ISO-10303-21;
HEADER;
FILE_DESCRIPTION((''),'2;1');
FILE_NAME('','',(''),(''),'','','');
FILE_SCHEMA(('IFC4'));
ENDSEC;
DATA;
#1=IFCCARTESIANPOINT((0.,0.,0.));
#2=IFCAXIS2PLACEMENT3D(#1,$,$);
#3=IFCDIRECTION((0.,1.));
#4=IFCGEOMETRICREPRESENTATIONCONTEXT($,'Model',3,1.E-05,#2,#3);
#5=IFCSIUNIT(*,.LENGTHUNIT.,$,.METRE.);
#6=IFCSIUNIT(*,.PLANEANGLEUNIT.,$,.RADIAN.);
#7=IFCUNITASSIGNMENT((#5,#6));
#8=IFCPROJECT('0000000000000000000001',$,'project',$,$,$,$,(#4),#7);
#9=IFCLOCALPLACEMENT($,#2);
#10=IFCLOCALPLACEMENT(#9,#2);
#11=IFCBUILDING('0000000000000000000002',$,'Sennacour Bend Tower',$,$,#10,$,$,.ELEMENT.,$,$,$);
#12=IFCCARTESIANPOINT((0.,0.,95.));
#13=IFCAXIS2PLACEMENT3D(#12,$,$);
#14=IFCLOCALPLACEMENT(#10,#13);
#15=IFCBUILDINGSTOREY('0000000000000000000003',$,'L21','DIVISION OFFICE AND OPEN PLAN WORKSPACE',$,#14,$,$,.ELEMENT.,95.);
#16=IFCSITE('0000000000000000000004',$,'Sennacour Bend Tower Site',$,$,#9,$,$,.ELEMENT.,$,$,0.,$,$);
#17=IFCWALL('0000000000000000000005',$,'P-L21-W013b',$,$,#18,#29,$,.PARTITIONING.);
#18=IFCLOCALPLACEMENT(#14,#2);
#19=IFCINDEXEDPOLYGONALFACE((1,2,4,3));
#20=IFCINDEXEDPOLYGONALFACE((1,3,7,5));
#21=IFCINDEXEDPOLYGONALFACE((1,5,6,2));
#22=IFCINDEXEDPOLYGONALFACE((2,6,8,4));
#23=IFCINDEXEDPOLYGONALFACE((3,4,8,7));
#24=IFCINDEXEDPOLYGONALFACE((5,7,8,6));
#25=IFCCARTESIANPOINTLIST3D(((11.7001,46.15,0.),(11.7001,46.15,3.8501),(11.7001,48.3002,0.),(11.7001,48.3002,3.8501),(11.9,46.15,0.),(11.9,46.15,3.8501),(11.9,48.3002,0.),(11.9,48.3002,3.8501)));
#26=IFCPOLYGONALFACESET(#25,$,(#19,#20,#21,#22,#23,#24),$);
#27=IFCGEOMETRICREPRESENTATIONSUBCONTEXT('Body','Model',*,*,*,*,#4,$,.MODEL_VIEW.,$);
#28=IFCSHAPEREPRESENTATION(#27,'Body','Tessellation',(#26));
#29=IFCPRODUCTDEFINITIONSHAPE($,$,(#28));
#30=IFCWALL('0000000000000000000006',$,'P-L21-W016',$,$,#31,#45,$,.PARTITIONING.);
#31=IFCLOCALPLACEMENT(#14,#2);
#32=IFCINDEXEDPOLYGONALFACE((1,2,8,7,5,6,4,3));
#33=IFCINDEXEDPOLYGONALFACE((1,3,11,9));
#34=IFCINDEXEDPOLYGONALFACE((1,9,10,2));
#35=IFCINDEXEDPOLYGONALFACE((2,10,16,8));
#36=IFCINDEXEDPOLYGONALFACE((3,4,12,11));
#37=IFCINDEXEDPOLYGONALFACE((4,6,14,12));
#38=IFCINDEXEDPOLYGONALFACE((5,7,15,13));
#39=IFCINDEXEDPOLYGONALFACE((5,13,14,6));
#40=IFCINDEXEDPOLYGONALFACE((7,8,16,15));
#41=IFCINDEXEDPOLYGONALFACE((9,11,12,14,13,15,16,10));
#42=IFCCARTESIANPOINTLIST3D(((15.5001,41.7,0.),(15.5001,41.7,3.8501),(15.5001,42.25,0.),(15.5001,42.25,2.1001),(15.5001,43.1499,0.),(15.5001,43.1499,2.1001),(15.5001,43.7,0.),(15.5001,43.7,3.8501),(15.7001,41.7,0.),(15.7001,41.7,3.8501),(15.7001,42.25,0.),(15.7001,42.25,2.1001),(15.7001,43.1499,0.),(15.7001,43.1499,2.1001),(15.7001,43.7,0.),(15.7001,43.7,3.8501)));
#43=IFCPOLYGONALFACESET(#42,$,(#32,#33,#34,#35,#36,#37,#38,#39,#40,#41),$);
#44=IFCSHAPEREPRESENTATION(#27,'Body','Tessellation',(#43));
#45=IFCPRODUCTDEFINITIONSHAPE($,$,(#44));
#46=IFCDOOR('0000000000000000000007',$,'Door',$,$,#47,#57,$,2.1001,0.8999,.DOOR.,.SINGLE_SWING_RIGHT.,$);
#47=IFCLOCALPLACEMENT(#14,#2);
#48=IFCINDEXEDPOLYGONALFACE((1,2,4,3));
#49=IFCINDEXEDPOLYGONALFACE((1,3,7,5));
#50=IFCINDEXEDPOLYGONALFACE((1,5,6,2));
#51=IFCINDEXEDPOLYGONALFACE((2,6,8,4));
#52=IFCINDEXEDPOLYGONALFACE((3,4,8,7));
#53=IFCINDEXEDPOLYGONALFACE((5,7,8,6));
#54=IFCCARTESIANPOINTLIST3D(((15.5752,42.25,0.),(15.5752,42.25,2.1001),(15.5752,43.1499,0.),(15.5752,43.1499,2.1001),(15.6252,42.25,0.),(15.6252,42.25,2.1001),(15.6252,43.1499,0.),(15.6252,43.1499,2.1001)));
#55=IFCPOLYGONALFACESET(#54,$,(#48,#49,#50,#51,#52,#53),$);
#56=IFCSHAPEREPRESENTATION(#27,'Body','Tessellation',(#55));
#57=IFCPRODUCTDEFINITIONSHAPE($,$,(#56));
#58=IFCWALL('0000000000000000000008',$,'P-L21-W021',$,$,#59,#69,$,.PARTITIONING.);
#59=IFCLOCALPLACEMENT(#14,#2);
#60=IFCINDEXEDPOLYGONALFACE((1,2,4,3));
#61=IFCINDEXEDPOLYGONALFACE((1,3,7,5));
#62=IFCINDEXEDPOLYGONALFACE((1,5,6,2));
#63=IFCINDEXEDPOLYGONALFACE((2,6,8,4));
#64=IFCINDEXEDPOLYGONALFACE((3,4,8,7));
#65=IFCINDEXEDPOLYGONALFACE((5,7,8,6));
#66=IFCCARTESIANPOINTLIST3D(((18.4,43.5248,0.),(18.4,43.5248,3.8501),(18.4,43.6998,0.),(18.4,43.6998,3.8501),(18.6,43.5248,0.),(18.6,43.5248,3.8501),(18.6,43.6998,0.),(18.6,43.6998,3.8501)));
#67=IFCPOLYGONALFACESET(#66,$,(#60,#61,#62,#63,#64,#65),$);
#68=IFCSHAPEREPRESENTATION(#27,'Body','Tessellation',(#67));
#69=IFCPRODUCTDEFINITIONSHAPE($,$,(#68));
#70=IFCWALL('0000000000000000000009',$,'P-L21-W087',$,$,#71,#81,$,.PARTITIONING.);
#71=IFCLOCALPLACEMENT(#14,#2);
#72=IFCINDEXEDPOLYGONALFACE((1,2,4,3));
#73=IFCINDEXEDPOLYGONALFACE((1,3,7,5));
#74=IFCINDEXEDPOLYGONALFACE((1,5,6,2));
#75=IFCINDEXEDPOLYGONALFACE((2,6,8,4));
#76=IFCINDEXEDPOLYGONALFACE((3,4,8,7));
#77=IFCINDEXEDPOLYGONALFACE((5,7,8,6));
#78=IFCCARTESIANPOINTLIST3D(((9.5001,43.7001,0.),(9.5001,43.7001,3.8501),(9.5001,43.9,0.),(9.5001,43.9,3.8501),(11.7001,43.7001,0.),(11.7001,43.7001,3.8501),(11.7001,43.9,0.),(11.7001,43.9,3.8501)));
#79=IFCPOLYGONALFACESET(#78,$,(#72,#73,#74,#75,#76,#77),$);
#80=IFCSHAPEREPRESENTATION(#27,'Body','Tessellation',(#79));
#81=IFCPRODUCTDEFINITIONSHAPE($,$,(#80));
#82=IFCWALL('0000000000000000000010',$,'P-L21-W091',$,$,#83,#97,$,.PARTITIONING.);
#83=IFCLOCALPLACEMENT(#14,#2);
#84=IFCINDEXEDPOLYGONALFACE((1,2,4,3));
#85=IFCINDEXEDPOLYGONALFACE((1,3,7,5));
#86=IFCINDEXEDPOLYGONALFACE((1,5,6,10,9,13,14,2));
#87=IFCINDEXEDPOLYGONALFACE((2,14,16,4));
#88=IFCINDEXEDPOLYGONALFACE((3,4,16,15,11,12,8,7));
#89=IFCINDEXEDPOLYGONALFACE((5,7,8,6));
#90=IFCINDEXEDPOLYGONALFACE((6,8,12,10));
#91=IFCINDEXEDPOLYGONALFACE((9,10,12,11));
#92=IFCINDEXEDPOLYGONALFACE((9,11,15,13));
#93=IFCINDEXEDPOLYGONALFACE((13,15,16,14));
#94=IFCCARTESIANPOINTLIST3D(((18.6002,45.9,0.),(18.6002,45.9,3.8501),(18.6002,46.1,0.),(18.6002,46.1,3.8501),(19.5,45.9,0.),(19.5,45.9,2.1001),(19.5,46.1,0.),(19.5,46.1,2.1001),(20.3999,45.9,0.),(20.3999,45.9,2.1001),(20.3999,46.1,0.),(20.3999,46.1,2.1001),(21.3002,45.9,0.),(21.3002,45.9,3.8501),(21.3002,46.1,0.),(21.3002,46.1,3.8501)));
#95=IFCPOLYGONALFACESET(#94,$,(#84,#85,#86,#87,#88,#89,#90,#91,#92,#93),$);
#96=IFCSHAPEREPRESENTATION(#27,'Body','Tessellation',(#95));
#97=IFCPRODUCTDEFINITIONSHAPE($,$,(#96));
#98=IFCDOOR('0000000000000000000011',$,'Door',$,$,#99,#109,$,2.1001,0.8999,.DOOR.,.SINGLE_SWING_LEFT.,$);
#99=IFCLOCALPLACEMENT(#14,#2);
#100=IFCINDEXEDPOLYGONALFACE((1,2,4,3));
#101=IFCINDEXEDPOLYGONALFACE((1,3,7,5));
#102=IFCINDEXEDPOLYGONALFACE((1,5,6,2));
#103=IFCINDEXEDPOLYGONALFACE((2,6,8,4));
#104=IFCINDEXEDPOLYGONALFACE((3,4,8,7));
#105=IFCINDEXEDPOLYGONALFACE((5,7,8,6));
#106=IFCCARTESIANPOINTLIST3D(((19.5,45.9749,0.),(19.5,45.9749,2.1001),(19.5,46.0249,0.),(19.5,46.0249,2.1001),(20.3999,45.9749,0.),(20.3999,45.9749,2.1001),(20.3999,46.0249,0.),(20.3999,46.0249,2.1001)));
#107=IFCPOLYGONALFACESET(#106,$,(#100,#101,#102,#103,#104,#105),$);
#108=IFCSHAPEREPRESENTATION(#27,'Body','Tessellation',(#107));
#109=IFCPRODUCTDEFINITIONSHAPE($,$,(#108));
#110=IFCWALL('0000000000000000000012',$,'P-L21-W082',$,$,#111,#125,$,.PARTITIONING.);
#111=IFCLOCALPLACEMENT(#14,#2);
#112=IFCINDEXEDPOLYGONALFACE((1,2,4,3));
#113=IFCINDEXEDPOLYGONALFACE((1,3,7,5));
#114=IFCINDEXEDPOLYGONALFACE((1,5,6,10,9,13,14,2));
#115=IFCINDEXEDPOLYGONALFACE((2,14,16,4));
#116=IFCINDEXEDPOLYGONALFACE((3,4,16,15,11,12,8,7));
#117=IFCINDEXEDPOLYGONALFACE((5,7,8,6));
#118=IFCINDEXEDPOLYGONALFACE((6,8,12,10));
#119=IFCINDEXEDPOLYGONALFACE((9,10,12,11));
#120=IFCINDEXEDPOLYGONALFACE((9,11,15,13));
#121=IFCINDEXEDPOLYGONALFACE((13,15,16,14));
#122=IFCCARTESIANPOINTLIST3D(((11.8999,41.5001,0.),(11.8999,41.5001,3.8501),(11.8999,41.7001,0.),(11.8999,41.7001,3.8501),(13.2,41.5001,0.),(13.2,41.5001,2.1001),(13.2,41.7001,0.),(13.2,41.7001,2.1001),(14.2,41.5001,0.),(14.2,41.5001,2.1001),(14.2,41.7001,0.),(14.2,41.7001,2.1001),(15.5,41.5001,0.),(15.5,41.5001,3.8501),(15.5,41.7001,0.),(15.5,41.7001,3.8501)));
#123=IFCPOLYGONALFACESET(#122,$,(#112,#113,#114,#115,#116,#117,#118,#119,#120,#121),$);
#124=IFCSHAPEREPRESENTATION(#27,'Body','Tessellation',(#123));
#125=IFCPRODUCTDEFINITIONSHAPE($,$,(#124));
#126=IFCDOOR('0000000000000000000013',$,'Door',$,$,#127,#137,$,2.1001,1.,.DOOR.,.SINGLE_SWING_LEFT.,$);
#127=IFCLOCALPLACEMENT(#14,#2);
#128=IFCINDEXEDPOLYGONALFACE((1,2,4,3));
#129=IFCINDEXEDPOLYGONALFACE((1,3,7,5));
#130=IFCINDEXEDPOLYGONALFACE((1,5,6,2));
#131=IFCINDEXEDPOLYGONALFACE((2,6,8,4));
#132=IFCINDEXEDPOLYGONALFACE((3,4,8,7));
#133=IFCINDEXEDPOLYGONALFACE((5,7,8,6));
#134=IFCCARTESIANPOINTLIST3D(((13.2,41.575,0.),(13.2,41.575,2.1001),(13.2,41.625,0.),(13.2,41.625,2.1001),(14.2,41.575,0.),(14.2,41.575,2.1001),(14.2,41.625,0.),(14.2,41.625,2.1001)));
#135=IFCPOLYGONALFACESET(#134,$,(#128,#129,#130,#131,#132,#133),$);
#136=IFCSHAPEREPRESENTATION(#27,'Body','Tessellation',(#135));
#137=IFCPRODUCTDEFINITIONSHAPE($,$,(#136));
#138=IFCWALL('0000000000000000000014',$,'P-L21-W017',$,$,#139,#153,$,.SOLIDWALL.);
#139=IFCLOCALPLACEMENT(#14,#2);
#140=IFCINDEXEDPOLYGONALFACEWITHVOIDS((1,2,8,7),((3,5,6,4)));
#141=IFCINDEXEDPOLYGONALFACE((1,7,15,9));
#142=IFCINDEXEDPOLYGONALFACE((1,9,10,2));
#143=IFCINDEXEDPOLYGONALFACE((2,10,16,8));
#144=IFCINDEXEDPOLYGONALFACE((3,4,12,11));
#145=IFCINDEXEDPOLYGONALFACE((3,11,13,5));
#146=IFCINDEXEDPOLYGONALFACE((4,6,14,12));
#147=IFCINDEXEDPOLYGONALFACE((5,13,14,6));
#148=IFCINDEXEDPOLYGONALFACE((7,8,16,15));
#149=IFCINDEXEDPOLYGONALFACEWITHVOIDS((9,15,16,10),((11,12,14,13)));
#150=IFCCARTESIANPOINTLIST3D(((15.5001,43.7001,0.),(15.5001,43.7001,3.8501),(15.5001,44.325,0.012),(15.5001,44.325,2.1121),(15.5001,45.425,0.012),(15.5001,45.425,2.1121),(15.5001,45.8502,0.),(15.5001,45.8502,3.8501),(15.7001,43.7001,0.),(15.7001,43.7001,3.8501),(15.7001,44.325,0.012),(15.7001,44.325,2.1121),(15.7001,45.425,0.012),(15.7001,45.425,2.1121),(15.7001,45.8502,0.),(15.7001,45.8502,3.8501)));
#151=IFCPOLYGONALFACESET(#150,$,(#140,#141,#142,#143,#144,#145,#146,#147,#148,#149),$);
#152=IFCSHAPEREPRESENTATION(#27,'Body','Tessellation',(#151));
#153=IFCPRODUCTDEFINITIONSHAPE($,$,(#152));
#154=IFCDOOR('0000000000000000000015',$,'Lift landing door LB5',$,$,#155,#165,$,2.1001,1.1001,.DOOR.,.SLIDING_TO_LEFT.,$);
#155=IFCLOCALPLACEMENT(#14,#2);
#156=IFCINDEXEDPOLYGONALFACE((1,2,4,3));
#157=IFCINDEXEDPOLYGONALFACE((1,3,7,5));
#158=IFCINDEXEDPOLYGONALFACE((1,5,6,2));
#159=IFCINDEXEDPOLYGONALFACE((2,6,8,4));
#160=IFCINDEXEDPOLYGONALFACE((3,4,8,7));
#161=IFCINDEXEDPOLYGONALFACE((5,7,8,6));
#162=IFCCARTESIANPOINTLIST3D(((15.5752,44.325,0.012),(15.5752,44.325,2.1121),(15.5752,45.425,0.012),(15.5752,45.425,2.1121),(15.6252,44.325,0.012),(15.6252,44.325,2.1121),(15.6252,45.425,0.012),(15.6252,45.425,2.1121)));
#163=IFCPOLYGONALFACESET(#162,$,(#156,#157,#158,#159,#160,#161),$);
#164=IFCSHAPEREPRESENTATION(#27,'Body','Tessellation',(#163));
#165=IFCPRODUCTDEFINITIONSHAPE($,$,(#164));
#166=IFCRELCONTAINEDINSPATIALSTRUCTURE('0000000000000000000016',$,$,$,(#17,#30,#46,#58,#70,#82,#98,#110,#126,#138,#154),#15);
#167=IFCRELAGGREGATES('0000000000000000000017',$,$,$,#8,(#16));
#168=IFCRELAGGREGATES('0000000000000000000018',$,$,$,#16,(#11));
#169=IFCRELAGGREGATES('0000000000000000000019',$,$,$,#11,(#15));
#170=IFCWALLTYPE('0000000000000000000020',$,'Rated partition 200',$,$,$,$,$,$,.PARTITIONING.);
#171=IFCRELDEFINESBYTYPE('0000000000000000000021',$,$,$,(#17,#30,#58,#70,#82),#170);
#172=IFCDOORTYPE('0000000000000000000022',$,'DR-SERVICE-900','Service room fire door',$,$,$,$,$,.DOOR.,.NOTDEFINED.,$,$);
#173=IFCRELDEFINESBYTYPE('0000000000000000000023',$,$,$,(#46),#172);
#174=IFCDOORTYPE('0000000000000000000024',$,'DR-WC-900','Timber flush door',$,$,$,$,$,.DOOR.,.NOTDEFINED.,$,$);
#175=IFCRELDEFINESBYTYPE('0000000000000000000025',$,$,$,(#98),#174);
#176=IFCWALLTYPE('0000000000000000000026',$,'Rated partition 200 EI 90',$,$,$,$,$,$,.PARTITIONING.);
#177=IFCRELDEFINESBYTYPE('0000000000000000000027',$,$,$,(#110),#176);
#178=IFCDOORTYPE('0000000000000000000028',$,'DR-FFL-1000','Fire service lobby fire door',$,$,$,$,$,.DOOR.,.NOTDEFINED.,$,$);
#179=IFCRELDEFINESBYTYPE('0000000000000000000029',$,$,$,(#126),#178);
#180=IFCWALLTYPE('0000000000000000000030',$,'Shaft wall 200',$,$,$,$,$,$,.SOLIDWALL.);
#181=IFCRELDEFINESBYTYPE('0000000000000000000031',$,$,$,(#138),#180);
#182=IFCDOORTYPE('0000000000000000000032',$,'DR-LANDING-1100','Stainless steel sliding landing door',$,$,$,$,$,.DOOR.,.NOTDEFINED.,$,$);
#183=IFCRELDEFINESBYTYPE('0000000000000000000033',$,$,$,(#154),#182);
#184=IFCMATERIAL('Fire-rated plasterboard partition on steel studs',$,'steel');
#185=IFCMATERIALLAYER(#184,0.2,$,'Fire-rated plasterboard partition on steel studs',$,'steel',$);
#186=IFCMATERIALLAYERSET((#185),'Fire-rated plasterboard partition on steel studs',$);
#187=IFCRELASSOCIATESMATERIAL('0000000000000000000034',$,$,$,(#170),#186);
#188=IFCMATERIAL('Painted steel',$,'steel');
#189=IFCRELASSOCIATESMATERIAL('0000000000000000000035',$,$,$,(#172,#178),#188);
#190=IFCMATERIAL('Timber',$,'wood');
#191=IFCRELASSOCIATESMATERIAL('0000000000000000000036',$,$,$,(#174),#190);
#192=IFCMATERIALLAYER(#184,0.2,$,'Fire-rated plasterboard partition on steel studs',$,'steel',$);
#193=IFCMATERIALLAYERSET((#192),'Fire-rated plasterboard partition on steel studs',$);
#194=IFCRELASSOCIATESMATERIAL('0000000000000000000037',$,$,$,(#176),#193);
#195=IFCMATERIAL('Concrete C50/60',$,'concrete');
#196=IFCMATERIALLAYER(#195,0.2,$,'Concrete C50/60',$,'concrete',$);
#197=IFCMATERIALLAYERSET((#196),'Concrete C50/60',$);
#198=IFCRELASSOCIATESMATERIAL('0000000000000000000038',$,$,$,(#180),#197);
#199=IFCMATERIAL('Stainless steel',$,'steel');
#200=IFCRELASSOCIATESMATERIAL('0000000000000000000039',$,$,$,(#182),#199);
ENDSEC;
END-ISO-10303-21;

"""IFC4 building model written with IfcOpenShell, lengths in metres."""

from ifc_helpers import new_model, si_unit, direction, frame, frame_2d, origin, place, context, subcontext, project, spatial, rectangle, extrude, material, layer, layer_set, type_object, element, fill, save


model = new_model("IFC4")

# Units and contexts
model_context = context("Model", 3, precision=1e-05, world=origin(), true_north=direction((0.0, 1.0)))
body_context = subcontext(model_context, "Body", "Model", "MODEL_VIEW")
ifc_project = project(units=[si_unit("LENGTHUNIT", "METRE"), si_unit("PLANEANGLEUNIT", "RADIAN")], contexts=[model_context])

# Site, building, storey
site_placement = place(None, origin())
site = spatial("IfcSite", under=ifc_project, at=site_placement, Name="Sennacour Bend Tower Site", CompositionType="ELEMENT", RefElevation=0.0)
building_placement = place(site_placement, origin())
building = spatial("IfcBuilding", under=site, at=building_placement, Name="Sennacour Bend Tower", CompositionType="ELEMENT")
storey_placement = place(building_placement, frame((0.0, 0.0, 95.0)))
storey = spatial("IfcBuildingStorey", under=building, at=storey_placement, Name="L21", Description="DIVISION OFFICE AND OPEN PLAN WORKSPACE", CompositionType="ELEMENT", Elevation=95.0)

# Wall
ifc_material_1 = material(Name="Fire-rated plasterboard partition on steel studs", Category="steel")
ifc_layer_1 = layer(ifc_material_1, 0.2, Name="Fire-rated plasterboard partition on steel studs", Category="steel")
ifc_layer_set_1 = layer_set([ifc_layer_1], Name="Fire-rated plasterboard partition on steel studs")
wall_type_1 = type_object("IfcWallType", Name="Rated partition 200", PredefinedType="PARTITIONING", material=ifc_layer_set_1)
wall_1_placement = place(storey_placement, frame((11.8, 46.1499, 0.0), z_axis=(0.0, 0.0, 1.0), x_axis=(0.0, 1.0, 0.0)))
element("IfcWall", 1, at=wall_1_placement, inside=storey, type_object=wall_type_1, Name="P-L21-W013b", PredefinedType="PARTITIONING", context=body_context, shape_type="SweptSolid", body=[
    extrude(rectangle(XDim=2.1501, YDim=0.2, at=frame_2d((1.0752, 0.0))), origin(), (0.0, 0.0, 1.0), 3.8501),
])

# Wall, opening, door
wall_2_placement = place(storey_placement, frame((15.6001, 41.7, 0.0), z_axis=(0.0, 0.0, 1.0), x_axis=(0.0, 1.0, 0.0)))
wall_2 = element("IfcWall", 2, at=wall_2_placement, inside=storey, type_object=wall_type_1, Name="P-L21-W016", PredefinedType="PARTITIONING", context=body_context, shape_type="SweptSolid", body=[
    extrude(rectangle(XDim=2.0, YDim=0.2, at=frame_2d((1.0, 0.0))), origin(), (0.0, 0.0, 1.0), 3.8501),
])
opening_1_placement = place(wall_2_placement, frame((0.55, 0.0, 0.0)))
opening_1 = element("IfcOpeningElement", 3, at=opening_1_placement, cuts=wall_2, PredefinedType="OPENING", context=body_context, shape_type="SweptSolid", body=[
    extrude(rectangle(XDim=0.8999, YDim=2.1001, at=frame_2d((0.45, 1.05))), frame((0.0, 0.1099, 0.0), z_axis=(0.0, -1.0, 0.0), x_axis=(1.0, 0.0, 0.0)), (0.0, 0.0, 1.0), 0.22),
])
ifc_material_2 = material(Name="Painted steel", Category="steel")
door_type_1 = type_object("IfcDoorType", Name="DR-SERVICE-900", Description="Service room fire door", OperationType="NOTDEFINED", PredefinedType="DOOR", material=ifc_material_2)
door_1_placement = place(opening_1_placement, origin())
door_1 = element("IfcDoor", 4, at=door_1_placement, inside=storey, type_object=door_type_1, Name="Door", OperationType="SINGLE_SWING_RIGHT", OverallHeight=2.1001, OverallWidth=0.8999, PredefinedType="DOOR", context=body_context, shape_type="SweptSolid", body=[
    extrude(rectangle(XDim=0.8999, YDim=2.1001, at=frame_2d((0.45, 1.05))), frame((0.0, 0.0249, 0.0), z_axis=(0.0, -1.0, 0.0), x_axis=(1.0, 0.0, 0.0)), (0.0, 0.0, 1.0), 0.05),
])
fill(opening_1, door_1)

# Walls
wall_3_placement = place(storey_placement, frame((18.5, 43.5249, 0.0), z_axis=(0.0, 0.0, 1.0), x_axis=(0.0, 1.0, 0.0)))
element("IfcWall", 5, at=wall_3_placement, inside=storey, type_object=wall_type_1, Name="P-L21-W021", PredefinedType="PARTITIONING", context=body_context, shape_type="SweptSolid", body=[
    extrude(rectangle(XDim=0.175, YDim=0.2, at=frame_2d((0.0874, 0.0))), origin(), (0.0, 0.0, 1.0), 3.8501),
])
wall_4_placement = place(storey_placement, frame((9.5, 43.8, 0.0), z_axis=(0.0, 0.0, 1.0), x_axis=(1.0, 0.0, 0.0)))
element("IfcWall", 6, at=wall_4_placement, inside=storey, type_object=wall_type_1, Name="P-L21-W087", PredefinedType="PARTITIONING", context=body_context, shape_type="SweptSolid", body=[
    extrude(rectangle(XDim=2.2, YDim=0.2, at=frame_2d((1.1001, 0.0))), origin(), (0.0, 0.0, 1.0), 3.8501),
])

# Walls, openings, doors
wall_5_placement = place(storey_placement, frame((18.6001, 46.0, 0.0), z_axis=(0.0, 0.0, 1.0), x_axis=(1.0, 0.0, 0.0)))
wall_5 = element("IfcWall", 7, at=wall_5_placement, inside=storey, type_object=wall_type_1, Name="P-L21-W091", PredefinedType="PARTITIONING", context=body_context, shape_type="SweptSolid", body=[
    extrude(rectangle(XDim=2.7, YDim=0.2, at=frame_2d((1.3501, 0.0))), origin(), (0.0, 0.0, 1.0), 3.8501),
])
opening_2_placement = place(wall_5_placement, frame((0.8999, 0.0, 0.0)))
opening_2 = element("IfcOpeningElement", 8, at=opening_2_placement, cuts=wall_5, PredefinedType="OPENING", context=body_context, shape_type="SweptSolid", body=[
    extrude(rectangle(XDim=0.8999, YDim=2.1001, at=frame_2d((0.45, 1.05))), frame((0.0, 0.1099, 0.0), z_axis=(0.0, -1.0, 0.0), x_axis=(1.0, 0.0, 0.0)), (0.0, 0.0, 1.0), 0.22),
])
ifc_material_3 = material(Name="Timber", Category="wood")
door_type_2 = type_object("IfcDoorType", Name="DR-WC-900", Description="Timber flush door", OperationType="NOTDEFINED", PredefinedType="DOOR", material=ifc_material_3)
door_2_placement = place(opening_2_placement, origin())
door_2 = element("IfcDoor", 9, at=door_2_placement, inside=storey, type_object=door_type_2, Name="Door", OperationType="SINGLE_SWING_LEFT", OverallHeight=2.1001, OverallWidth=0.8999, PredefinedType="DOOR", context=body_context, shape_type="SweptSolid", body=[
    extrude(rectangle(XDim=0.8999, YDim=2.1001, at=frame_2d((0.45, 1.05))), frame((0.0, 0.0249, 0.0), z_axis=(0.0, -1.0, 0.0), x_axis=(1.0, 0.0, 0.0)), (0.0, 0.0, 1.0), 0.05),
])
fill(opening_2, door_2)
ifc_layer_2 = layer(ifc_material_1, 0.2, Name="Fire-rated plasterboard partition on steel studs", Category="steel")
ifc_layer_set_2 = layer_set([ifc_layer_2], Name="Fire-rated plasterboard partition on steel studs")
wall_type_2 = type_object("IfcWallType", Name="Rated partition 200 EI 90", PredefinedType="PARTITIONING", material=ifc_layer_set_2)
wall_6_placement = place(storey_placement, frame((11.8999, 41.6001, 0.0), z_axis=(0.0, 0.0, 1.0), x_axis=(1.0, 0.0, 0.0)))
wall_6 = element("IfcWall", 10, at=wall_6_placement, inside=storey, type_object=wall_type_2, Name="P-L21-W082", PredefinedType="PARTITIONING", context=body_context, shape_type="SweptSolid", body=[
    extrude(rectangle(XDim=3.6001, YDim=0.2, at=frame_2d((1.8, 0.0))), origin(), (0.0, 0.0, 1.0), 3.8501),
])
opening_3_placement = place(wall_6_placement, frame((1.3, 0.0, 0.0)))
opening_3 = element("IfcOpeningElement", 11, at=opening_3_placement, cuts=wall_6, PredefinedType="OPENING", context=body_context, shape_type="SweptSolid", body=[
    extrude(rectangle(XDim=1.0, YDim=2.1001, at=frame_2d((0.5, 1.05))), frame((0.0, 0.1099, 0.0), z_axis=(0.0, -1.0, 0.0), x_axis=(1.0, 0.0, 0.0)), (0.0, 0.0, 1.0), 0.22),
])
door_type_3 = type_object("IfcDoorType", Name="DR-FFL-1000", Description="Fire service lobby fire door", OperationType="NOTDEFINED", PredefinedType="DOOR", material=ifc_material_2)
door_3_placement = place(opening_3_placement, origin())
door_3 = element("IfcDoor", 12, at=door_3_placement, inside=storey, type_object=door_type_3, Name="Door", OperationType="SINGLE_SWING_LEFT", OverallHeight=2.1001, OverallWidth=1.0, PredefinedType="DOOR", context=body_context, shape_type="SweptSolid", body=[
    extrude(rectangle(XDim=1.0, YDim=2.1001, at=frame_2d((0.5, 1.05))), frame((0.0, 0.0249, 0.0), z_axis=(0.0, -1.0, 0.0), x_axis=(1.0, 0.0, 0.0)), (0.0, 0.0, 1.0), 0.05),
])
fill(opening_3, door_3)
ifc_material_4 = material(Name="Concrete C50/60", Category="concrete")
ifc_layer_3 = layer(ifc_material_4, 0.2, Name="Concrete C50/60", Category="concrete")
ifc_layer_set_3 = layer_set([ifc_layer_3], Name="Concrete C50/60")
wall_type_3 = type_object("IfcWallType", Name="Shaft wall 200", PredefinedType="SOLIDWALL", material=ifc_layer_set_3)
wall_7_placement = place(storey_placement, frame((15.6001, 43.7, 0.0), z_axis=(0.0, 0.0, 1.0), x_axis=(0.0, 1.0, 0.0)))
wall_7 = element("IfcWall", 13, at=wall_7_placement, inside=storey, type_object=wall_type_3, Name="P-L21-W017", PredefinedType="SOLIDWALL", context=body_context, shape_type="SweptSolid", body=[
    extrude(rectangle(XDim=2.1501, YDim=0.2, at=frame_2d((1.0752, 0.0))), origin(), (0.0, 0.0, 1.0), 3.8501),
])
opening_4_placement = place(wall_7_placement, frame((0.625, 0.0, 0.012)))
opening_4 = element("IfcOpeningElement", 14, at=opening_4_placement, cuts=wall_7, PredefinedType="OPENING", context=body_context, shape_type="SweptSolid", body=[
    extrude(rectangle(XDim=1.1001, YDim=2.1001, at=frame_2d((0.55, 1.05))), frame((0.0, 0.1099, 0.0), z_axis=(0.0, -1.0, 0.0), x_axis=(1.0, 0.0, 0.0)), (0.0, 0.0, 1.0), 0.22),
])
ifc_material_5 = material(Name="Stainless steel", Category="steel")
door_type_4 = type_object("IfcDoorType", Name="DR-LANDING-1100", Description="Stainless steel sliding landing door", OperationType="NOTDEFINED", PredefinedType="DOOR", material=ifc_material_5)
door_4_placement = place(opening_4_placement, origin())
door_4 = element("IfcDoor", 15, at=door_4_placement, inside=storey, type_object=door_type_4, Name="Lift landing door LB5", OperationType="SLIDING_TO_LEFT", OverallHeight=2.1001, OverallWidth=1.1001, PredefinedType="DOOR", context=body_context, shape_type="SweptSolid", body=[
    extrude(rectangle(XDim=1.1001, YDim=2.1001, at=frame_2d((0.55, 1.05))), frame((0.0, 0.0249, 0.0), z_axis=(0.0, -1.0, 0.0), x_axis=(1.0, 0.0, 0.0)), (0.0, 0.0, 1.0), 0.05),
])
fill(opening_4, door_4)

save(model, "model.ifc")
